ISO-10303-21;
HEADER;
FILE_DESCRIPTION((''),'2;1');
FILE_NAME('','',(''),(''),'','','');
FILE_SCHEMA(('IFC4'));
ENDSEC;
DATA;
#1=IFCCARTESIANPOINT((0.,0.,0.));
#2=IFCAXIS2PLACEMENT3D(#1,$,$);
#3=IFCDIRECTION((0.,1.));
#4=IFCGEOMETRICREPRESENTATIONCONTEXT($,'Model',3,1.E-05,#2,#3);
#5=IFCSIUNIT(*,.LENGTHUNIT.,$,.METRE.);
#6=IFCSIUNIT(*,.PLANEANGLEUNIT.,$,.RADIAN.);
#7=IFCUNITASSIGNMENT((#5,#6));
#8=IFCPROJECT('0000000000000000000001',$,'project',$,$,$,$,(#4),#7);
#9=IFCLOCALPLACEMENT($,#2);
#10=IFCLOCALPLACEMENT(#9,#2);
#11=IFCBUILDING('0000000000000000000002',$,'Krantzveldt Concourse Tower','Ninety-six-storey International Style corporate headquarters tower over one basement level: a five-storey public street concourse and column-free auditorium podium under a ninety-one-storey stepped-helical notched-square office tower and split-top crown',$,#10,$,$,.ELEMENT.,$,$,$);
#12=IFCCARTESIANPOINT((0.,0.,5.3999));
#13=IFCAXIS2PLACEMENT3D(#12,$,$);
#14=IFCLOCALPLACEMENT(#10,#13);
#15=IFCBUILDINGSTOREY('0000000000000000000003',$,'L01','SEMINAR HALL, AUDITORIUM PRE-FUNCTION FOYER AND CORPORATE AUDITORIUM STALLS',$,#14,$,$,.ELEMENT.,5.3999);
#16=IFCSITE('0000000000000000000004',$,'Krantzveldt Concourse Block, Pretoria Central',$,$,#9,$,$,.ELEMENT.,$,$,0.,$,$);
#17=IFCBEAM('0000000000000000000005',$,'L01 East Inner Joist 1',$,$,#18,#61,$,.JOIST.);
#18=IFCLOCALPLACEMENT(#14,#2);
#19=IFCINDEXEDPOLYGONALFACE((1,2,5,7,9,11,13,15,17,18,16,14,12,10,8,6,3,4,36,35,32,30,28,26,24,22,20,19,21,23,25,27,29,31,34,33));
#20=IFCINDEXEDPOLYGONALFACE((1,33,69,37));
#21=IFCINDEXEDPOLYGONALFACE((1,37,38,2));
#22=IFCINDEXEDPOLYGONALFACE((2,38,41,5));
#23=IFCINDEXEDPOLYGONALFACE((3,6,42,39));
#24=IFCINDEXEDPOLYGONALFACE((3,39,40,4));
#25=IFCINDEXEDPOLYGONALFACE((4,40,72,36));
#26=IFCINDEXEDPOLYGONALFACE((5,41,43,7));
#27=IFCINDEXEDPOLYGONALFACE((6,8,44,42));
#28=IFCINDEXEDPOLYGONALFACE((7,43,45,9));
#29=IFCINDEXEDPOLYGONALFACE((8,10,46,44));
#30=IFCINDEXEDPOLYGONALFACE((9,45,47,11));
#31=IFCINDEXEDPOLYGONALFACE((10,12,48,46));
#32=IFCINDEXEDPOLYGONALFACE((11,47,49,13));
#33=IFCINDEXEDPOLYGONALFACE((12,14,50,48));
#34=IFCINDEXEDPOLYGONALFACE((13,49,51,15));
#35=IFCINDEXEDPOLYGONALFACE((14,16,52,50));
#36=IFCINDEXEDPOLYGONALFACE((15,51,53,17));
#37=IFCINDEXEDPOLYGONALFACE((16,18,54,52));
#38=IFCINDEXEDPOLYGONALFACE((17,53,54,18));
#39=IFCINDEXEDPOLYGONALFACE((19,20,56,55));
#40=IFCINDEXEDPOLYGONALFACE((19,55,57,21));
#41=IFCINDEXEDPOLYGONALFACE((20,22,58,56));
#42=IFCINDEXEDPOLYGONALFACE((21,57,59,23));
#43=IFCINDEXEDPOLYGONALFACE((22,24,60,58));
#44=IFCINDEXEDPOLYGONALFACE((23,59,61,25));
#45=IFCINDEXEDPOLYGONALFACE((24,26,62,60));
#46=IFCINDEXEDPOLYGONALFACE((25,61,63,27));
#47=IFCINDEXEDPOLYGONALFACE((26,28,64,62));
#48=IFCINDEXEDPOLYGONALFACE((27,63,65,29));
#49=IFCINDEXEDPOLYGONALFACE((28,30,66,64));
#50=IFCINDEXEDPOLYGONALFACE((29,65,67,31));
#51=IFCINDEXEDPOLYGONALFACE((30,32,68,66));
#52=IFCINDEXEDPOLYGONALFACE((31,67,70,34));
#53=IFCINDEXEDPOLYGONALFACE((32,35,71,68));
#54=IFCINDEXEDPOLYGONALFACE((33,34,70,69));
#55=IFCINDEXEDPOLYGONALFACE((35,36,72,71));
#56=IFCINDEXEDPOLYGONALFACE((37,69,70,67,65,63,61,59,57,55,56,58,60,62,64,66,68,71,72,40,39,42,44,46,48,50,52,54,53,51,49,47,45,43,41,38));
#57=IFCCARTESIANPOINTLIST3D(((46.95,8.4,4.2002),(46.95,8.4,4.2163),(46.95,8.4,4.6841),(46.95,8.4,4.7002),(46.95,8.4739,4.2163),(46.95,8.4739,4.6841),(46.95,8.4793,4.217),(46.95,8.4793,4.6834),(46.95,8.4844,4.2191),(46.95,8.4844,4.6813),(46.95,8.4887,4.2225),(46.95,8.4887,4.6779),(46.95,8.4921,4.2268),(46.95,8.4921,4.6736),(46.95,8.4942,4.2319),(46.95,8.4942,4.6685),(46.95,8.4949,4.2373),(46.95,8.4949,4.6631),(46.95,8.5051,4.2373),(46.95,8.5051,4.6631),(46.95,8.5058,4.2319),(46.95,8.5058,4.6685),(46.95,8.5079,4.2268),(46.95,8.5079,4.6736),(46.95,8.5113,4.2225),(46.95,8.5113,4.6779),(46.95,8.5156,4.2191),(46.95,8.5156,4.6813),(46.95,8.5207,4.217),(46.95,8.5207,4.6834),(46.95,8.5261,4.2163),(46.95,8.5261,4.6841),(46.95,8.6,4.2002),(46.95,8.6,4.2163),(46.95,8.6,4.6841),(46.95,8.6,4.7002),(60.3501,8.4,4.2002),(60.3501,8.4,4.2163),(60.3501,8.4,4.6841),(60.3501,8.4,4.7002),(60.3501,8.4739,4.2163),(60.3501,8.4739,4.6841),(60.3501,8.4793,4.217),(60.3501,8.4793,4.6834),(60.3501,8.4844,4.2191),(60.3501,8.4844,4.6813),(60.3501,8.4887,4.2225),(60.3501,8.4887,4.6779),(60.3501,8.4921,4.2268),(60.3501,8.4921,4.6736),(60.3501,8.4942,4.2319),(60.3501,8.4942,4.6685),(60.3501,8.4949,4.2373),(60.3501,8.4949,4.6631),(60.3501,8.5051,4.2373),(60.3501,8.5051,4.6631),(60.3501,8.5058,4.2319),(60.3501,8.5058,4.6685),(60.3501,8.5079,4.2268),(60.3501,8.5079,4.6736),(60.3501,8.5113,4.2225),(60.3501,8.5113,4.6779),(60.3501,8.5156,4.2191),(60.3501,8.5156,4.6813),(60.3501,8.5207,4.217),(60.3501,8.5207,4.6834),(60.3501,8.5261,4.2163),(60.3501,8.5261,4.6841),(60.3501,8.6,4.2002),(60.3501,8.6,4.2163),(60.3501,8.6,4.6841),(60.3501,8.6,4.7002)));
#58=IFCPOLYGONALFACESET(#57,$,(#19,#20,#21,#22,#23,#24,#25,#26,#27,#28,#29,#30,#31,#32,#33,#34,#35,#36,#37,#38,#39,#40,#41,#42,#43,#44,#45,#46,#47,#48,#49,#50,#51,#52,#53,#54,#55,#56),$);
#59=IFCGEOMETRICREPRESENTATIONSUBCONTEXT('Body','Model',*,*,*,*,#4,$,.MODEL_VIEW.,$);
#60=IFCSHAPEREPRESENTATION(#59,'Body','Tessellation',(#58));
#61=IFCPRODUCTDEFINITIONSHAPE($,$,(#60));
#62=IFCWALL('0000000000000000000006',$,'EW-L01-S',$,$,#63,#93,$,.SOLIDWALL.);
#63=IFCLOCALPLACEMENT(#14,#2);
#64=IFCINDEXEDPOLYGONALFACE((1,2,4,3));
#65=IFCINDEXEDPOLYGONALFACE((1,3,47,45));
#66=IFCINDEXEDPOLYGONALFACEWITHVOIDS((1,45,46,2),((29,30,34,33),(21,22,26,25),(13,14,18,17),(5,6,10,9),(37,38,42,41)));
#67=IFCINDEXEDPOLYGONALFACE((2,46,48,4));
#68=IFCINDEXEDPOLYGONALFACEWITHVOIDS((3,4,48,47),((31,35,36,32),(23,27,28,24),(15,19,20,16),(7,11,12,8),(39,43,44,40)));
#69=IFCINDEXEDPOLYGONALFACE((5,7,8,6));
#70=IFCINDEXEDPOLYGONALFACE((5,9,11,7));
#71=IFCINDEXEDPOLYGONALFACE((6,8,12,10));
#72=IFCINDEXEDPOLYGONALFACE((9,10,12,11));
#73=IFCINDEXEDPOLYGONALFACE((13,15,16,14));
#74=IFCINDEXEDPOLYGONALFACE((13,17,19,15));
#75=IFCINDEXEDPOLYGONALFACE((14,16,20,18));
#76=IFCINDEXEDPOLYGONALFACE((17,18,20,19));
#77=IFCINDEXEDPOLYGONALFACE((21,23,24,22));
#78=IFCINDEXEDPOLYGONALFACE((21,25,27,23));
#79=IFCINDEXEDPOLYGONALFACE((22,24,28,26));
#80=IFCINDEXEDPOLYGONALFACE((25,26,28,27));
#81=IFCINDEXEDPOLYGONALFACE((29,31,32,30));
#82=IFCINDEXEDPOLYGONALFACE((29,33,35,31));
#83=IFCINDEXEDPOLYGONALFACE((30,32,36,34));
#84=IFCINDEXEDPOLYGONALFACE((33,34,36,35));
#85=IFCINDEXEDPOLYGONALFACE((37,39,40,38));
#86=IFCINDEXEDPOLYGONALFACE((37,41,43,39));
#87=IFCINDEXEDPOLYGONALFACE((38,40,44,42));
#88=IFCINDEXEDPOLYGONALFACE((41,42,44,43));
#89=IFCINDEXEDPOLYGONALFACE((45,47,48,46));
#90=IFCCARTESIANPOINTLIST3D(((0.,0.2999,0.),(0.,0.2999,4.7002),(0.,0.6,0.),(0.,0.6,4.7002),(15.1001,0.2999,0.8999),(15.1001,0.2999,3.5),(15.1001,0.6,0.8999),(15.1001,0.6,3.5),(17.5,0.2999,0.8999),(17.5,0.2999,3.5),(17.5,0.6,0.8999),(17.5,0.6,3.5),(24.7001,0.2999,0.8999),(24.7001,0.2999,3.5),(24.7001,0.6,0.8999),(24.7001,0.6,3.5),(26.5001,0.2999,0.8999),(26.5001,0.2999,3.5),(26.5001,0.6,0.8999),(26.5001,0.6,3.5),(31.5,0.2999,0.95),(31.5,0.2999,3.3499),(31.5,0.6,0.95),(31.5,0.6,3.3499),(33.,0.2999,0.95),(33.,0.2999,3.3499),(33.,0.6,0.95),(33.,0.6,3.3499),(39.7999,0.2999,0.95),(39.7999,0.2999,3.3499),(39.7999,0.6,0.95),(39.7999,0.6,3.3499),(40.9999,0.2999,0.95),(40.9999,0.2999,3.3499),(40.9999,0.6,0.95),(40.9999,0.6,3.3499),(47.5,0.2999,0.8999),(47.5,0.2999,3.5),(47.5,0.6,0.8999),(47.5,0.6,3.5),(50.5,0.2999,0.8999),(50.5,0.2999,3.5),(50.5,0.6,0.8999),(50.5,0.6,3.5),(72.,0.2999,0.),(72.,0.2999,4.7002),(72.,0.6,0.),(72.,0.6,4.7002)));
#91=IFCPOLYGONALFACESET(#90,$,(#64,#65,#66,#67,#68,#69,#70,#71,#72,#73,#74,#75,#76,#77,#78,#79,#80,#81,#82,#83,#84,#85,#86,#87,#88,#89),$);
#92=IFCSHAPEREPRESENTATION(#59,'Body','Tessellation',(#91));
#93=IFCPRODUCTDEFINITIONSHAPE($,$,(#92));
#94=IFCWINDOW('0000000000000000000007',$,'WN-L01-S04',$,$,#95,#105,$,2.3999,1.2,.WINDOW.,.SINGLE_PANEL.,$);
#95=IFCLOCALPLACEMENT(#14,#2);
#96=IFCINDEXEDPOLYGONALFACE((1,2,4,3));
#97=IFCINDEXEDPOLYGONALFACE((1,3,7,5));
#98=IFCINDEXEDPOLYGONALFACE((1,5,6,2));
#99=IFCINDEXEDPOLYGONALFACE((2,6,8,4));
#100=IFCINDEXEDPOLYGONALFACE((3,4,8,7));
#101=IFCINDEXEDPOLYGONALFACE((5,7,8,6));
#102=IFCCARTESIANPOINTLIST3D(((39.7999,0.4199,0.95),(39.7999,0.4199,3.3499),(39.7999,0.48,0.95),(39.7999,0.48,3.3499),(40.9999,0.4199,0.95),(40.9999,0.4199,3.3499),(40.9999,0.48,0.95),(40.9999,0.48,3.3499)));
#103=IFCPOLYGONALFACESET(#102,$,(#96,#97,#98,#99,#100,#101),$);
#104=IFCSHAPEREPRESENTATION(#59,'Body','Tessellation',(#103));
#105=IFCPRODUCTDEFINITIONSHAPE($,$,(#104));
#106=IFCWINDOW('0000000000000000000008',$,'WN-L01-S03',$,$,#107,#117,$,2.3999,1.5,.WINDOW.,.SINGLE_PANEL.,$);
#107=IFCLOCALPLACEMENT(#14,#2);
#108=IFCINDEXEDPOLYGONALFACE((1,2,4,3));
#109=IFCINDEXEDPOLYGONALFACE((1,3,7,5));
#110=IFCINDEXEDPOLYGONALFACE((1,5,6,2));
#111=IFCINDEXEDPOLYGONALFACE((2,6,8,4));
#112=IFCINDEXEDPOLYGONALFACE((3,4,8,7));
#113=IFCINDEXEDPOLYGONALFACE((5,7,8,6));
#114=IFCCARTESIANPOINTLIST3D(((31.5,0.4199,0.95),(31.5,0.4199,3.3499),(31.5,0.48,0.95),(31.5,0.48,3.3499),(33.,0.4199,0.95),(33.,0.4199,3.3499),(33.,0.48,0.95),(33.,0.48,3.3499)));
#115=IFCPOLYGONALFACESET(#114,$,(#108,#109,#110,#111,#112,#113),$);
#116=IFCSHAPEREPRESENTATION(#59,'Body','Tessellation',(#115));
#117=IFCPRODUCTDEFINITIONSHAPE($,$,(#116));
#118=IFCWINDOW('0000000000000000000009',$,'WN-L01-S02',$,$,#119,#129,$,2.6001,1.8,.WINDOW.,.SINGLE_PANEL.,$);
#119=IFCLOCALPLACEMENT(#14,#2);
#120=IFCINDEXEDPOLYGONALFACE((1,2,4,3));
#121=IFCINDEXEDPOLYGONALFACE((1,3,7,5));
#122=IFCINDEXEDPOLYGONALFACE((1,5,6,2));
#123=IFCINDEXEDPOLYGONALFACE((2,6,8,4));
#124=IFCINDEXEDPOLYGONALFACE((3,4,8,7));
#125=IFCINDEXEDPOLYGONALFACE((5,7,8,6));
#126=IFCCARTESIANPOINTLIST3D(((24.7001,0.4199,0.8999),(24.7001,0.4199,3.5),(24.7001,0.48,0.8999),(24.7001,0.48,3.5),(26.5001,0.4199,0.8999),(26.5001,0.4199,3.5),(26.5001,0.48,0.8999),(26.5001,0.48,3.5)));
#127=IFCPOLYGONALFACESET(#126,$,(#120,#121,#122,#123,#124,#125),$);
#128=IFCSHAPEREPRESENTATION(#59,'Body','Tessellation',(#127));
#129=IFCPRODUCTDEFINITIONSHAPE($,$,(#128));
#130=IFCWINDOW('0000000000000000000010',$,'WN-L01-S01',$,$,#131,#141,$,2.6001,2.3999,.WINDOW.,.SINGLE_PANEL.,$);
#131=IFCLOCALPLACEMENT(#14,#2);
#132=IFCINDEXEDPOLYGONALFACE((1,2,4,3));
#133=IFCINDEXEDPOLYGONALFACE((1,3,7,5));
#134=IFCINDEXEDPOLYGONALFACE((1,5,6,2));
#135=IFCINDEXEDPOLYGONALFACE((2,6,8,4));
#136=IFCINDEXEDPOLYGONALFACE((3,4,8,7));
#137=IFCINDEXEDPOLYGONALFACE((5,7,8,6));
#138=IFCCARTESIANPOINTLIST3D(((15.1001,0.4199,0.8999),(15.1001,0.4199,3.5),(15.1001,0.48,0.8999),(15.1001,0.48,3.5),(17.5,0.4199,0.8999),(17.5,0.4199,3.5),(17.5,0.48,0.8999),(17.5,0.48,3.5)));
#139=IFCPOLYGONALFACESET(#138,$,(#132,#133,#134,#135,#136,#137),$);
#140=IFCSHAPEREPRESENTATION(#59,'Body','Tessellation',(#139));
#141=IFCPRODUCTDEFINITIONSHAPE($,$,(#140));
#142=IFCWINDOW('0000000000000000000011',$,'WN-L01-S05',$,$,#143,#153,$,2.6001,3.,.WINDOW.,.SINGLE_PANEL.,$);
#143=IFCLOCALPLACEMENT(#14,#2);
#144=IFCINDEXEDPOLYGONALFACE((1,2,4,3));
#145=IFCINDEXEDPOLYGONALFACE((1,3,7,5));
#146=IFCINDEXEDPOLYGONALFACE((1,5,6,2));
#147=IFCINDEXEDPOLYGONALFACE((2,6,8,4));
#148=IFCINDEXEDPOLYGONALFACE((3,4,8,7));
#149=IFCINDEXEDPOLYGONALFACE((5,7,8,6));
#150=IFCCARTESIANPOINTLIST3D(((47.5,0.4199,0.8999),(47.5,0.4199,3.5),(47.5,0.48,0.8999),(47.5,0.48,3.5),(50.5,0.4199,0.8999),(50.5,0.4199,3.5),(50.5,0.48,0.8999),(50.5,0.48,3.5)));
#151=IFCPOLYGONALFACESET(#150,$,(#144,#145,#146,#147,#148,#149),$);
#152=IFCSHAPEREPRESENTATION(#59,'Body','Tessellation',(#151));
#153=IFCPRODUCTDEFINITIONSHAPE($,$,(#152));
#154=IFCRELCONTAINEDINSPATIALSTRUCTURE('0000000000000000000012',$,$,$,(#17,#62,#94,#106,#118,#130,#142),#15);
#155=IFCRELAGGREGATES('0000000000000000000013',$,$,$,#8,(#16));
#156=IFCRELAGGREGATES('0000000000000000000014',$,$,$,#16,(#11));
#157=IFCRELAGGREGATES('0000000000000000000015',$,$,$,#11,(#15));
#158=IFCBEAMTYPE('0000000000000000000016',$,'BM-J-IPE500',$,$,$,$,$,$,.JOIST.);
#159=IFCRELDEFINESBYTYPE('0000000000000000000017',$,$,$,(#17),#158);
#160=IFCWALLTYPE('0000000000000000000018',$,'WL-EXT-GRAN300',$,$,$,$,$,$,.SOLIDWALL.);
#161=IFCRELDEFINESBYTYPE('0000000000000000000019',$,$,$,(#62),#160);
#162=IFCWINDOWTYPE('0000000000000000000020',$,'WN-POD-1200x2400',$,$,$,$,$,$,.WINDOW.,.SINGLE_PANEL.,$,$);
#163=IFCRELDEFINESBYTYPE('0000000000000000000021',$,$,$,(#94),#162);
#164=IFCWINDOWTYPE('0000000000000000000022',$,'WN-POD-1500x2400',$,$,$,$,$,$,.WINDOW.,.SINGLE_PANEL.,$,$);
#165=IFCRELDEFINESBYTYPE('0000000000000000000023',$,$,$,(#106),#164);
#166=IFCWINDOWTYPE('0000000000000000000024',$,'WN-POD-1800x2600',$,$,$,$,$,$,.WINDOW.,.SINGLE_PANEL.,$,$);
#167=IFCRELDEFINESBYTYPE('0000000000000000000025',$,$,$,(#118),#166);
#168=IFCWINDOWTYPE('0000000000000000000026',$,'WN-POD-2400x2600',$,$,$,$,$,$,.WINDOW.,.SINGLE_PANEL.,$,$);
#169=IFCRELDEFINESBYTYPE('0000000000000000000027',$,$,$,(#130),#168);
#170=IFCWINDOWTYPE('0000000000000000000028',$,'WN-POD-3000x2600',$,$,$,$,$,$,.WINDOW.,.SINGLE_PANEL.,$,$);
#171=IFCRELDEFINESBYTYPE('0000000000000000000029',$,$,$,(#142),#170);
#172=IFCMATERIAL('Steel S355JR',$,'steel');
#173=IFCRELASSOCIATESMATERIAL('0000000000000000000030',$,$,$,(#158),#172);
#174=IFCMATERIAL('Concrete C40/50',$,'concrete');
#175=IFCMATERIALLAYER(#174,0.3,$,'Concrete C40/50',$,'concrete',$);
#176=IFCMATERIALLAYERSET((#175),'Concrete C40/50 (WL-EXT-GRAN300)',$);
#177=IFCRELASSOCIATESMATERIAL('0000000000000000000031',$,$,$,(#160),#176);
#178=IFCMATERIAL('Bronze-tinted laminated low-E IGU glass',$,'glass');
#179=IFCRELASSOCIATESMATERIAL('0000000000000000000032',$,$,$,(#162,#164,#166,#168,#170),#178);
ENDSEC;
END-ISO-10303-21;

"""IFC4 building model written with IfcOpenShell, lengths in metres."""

from ifc_helpers import new_model, si_unit, direction, frame, frame_2d, origin, origin_2d, place, context, subcontext, project, spatial, rectangle, i_section, extrude, source, transform, mapped, material, layer, layer_set, material_profile, profile_set, type_object, type_shapes, element, fill, save


model = new_model("IFC4")

# Units and contexts
model_context = context("Model", 3, precision=1e-05, world=origin(), true_north=direction((0.0, 1.0)))
body_context = subcontext(model_context, "Body", "Model", "MODEL_VIEW")
ifc_project = project(units=[si_unit("LENGTHUNIT", "METRE"), si_unit("PLANEANGLEUNIT", "RADIAN")], contexts=[model_context])

# Site, building, storey
site_placement = place(None, origin())
site = spatial("IfcSite", under=ifc_project, at=site_placement, Name="Krantzveldt Concourse Block, Pretoria Central", CompositionType="ELEMENT", RefElevation=0.0)
building_placement = place(site_placement, origin())
building = spatial("IfcBuilding", under=site, at=building_placement, Name="Krantzveldt Concourse Tower", Description="Ninety-six-storey International Style corporate headquarters tower over one basement level: a five-storey public street concourse and column-free auditorium podium under a ninety-one-storey stepped-helical notched-square office tower and split-top crown", CompositionType="ELEMENT")
storey_placement = place(building_placement, frame((0.0, 0.0, 5.3999)))
storey = spatial("IfcBuildingStorey", under=building, at=storey_placement, Name="L01", Description="SEMINAR HALL, AUDITORIUM PRE-FUNCTION FOYER AND CORPORATE AUDITORIUM STALLS", CompositionType="ELEMENT", Elevation=5.3999)

# Shared definitions
ifc_material_1 = material(Name="Concrete C40/50", Category="concrete")

# Beam
ifc_material_2 = material(Name="Steel S355JR", Category="steel")
ifc_material_profile_1 = material_profile(ifc_material_2, i_section(OverallWidth=0.2, OverallDepth=0.5, WebThickness=0.0103, FlangeThickness=0.0161, FilletRadius=0.021, at=origin_2d()), Name="Steel S355JR", Category="steel")
ifc_profile_set_1 = profile_set([ifc_material_profile_1], Name="Steel S355JR - IPE 500")
beam_type_1 = type_object("IfcBeamType", Name="BM-J-IPE500", PredefinedType="JOIST", material=ifc_profile_set_1)
shared_shape_1 = source(origin(), body_context, "Body", "SweptSolid", [
    extrude(i_section(OverallWidth=0.2, OverallDepth=0.5, WebThickness=0.0103, FlangeThickness=0.0161, FilletRadius=0.021, at=origin_2d()), origin(), (0.0, 0.0, 1.0), 13.4001),
])
type_shapes(beam_type_1, [shared_shape_1])
beam_1_placement = place(storey_placement, frame((46.95, 8.5, 4.4502), z_axis=(1.0, 0.0, 0.0), x_axis=(0.0, 1.0, 0.0)))
element("IfcBeam", 1, at=beam_1_placement, inside=storey, type_object=beam_type_1, Name="L01 East Inner Joist 1", PredefinedType="JOIST", context=body_context, shape_type="MappedRepresentation", body=[
    mapped(shared_shape_1, transform((0.0, 0.0, 0.0), x_axis=(1.0, 0.0, 0.0), y_axis=(0.0, 1.0, 0.0), z_axis=(0.0, 0.0, 1.0), scale=1.0)),
])

# Wall, openings, windows
ifc_layer_1 = layer(ifc_material_1, 0.3, Name="Concrete C40/50", Category="concrete")
ifc_layer_set_1 = layer_set([ifc_layer_1], Name="Concrete C40/50 (WL-EXT-GRAN300)")
wall_type_1 = type_object("IfcWallType", Name="WL-EXT-GRAN300", PredefinedType="SOLIDWALL", material=ifc_layer_set_1)
wall_1_placement = place(storey_placement, frame((72.0, 0.45, 0.0), z_axis=(0.0, 0.0, 1.0), x_axis=(-1.0, 0.0, 0.0)))
wall_1 = element("IfcWall", 2, at=wall_1_placement, inside=storey, type_object=wall_type_1, Name="EW-L01-S", PredefinedType="SOLIDWALL", context=body_context, shape_type="SweptSolid", body=[
    extrude(rectangle(XDim=72.0, YDim=0.3, at=frame_2d((36.0, 0.0))), origin(), (0.0, 0.0, 1.0), 4.7002),
])
opening_1_placement = place(wall_1_placement, frame((54.5, 0.0, 0.8999)))
opening_1 = element("IfcOpeningElement", 3, at=opening_1_placement, cuts=wall_1, PredefinedType="OPENING", context=body_context, shape_type="SweptSolid", body=[
    extrude(rectangle(XDim=2.3999, YDim=2.6001, at=frame_2d((1.2, 1.3))), frame((0.0, 0.1602, 0.0), z_axis=(0.0, -1.0, 0.0), x_axis=(1.0, 0.0, 0.0)), (0.0, 0.0, 1.0), 0.3201),
])
opening_2_placement = place(wall_1_placement, frame((45.5, 0.0, 0.8999)))
opening_2 = element("IfcOpeningElement", 4, at=opening_2_placement, cuts=wall_1, PredefinedType="OPENING", context=body_context, shape_type="SweptSolid", body=[
    extrude(rectangle(XDim=1.8, YDim=2.6001, at=frame_2d((0.8999, 1.3))), frame((0.0, 0.1602, 0.0), z_axis=(0.0, -1.0, 0.0), x_axis=(1.0, 0.0, 0.0)), (0.0, 0.0, 1.0), 0.3201),
])
opening_3_placement = place(wall_1_placement, frame((39.0, 0.0, 0.95)))
opening_3 = element("IfcOpeningElement", 5, at=opening_3_placement, cuts=wall_1, PredefinedType="OPENING", context=body_context, shape_type="SweptSolid", body=[
    extrude(rectangle(XDim=1.5, YDim=2.3999, at=frame_2d((0.75, 1.2))), frame((0.0, 0.1602, 0.0), z_axis=(0.0, -1.0, 0.0), x_axis=(1.0, 0.0, 0.0)), (0.0, 0.0, 1.0), 0.3201),
])
opening_4_placement = place(wall_1_placement, frame((31.0, 0.0, 0.95)))
opening_4 = element("IfcOpeningElement", 6, at=opening_4_placement, cuts=wall_1, PredefinedType="OPENING", context=body_context, shape_type="SweptSolid", body=[
    extrude(rectangle(XDim=1.2, YDim=2.3999, at=frame_2d((0.6001, 1.2))), frame((0.0, 0.1602, 0.0), z_axis=(0.0, -1.0, 0.0), x_axis=(1.0, 0.0, 0.0)), (0.0, 0.0, 1.0), 0.3201),
])
opening_5_placement = place(wall_1_placement, frame((21.5, 0.0, 0.8999)))
opening_5 = element("IfcOpeningElement", 7, at=opening_5_placement, cuts=wall_1, PredefinedType="OPENING", context=body_context, shape_type="SweptSolid", body=[
    extrude(rectangle(XDim=3.0, YDim=2.6001, at=frame_2d((1.5, 1.3))), frame((0.0, 0.1602, 0.0), z_axis=(0.0, -1.0, 0.0), x_axis=(1.0, 0.0, 0.0)), (0.0, 0.0, 1.0), 0.3201),
])
ifc_material_3 = material(Name="Bronze-tinted laminated low-E IGU glass", Category="glass")
window_type_1 = type_object("IfcWindowType", Name="WN-POD-1200x2400", PartitioningType="SINGLE_PANEL", PredefinedType="WINDOW", material=ifc_material_3)
window_1_placement = place(opening_4_placement, origin())
window_1 = element("IfcWindow", 8, at=window_1_placement, inside=storey, type_object=window_type_1, Name="WN-L01-S04", OverallHeight=2.3999, OverallWidth=1.2, PartitioningType="SINGLE_PANEL", PredefinedType="WINDOW", context=body_context, shape_type="SweptSolid", body=[
    extrude(rectangle(XDim=1.2, YDim=2.3999, at=frame_2d((0.6001, 1.2))), frame((0.0, 0.03, 0.0), z_axis=(0.0, -1.0, 0.0), x_axis=(1.0, 0.0, 0.0)), (0.0, 0.0, 1.0), 0.0601),
])
fill(opening_4, window_1)
window_type_2 = type_object("IfcWindowType", Name="WN-POD-1500x2400", PartitioningType="SINGLE_PANEL", PredefinedType="WINDOW", material=ifc_material_3)
window_2_placement = place(opening_3_placement, origin())
window_2 = element("IfcWindow", 9, at=window_2_placement, inside=storey, type_object=window_type_2, Name="WN-L01-S03", OverallHeight=2.3999, OverallWidth=1.5, PartitioningType="SINGLE_PANEL", PredefinedType="WINDOW", context=body_context, shape_type="SweptSolid", body=[
    extrude(rectangle(XDim=1.5, YDim=2.3999, at=frame_2d((0.75, 1.2))), frame((0.0, 0.03, 0.0), z_axis=(0.0, -1.0, 0.0), x_axis=(1.0, 0.0, 0.0)), (0.0, 0.0, 1.0), 0.0601),
])
fill(opening_3, window_2)
window_type_3 = type_object("IfcWindowType", Name="WN-POD-1800x2600", PartitioningType="SINGLE_PANEL", PredefinedType="WINDOW", material=ifc_material_3)
window_3_placement = place(opening_2_placement, origin())
window_3 = element("IfcWindow", 10, at=window_3_placement, inside=storey, type_object=window_type_3, Name="WN-L01-S02", OverallHeight=2.6001, OverallWidth=1.8, PartitioningType="SINGLE_PANEL", PredefinedType="WINDOW", context=body_context, shape_type="SweptSolid", body=[
    extrude(rectangle(XDim=1.8, YDim=2.6001, at=frame_2d((0.8999, 1.3))), frame((0.0, 0.03, 0.0), z_axis=(0.0, -1.0, 0.0), x_axis=(1.0, 0.0, 0.0)), (0.0, 0.0, 1.0), 0.0601),
])
fill(opening_2, window_3)
window_type_4 = type_object("IfcWindowType", Name="WN-POD-2400x2600", PartitioningType="SINGLE_PANEL", PredefinedType="WINDOW", material=ifc_material_3)
window_4_placement = place(opening_1_placement, origin())
window_4 = element("IfcWindow", 11, at=window_4_placement, inside=storey, type_object=window_type_4, Name="WN-L01-S01", OverallHeight=2.6001, OverallWidth=2.3999, PartitioningType="SINGLE_PANEL", PredefinedType="WINDOW", context=body_context, shape_type="SweptSolid", body=[
    extrude(rectangle(XDim=2.3999, YDim=2.6001, at=frame_2d((1.2, 1.3))), frame((0.0, 0.03, 0.0), z_axis=(0.0, -1.0, 0.0), x_axis=(1.0, 0.0, 0.0)), (0.0, 0.0, 1.0), 0.0601),
])
fill(opening_1, window_4)
window_type_5 = type_object("IfcWindowType", Name="WN-POD-3000x2600", PartitioningType="SINGLE_PANEL", PredefinedType="WINDOW", material=ifc_material_3)
window_5_placement = place(opening_5_placement, origin())
window_5 = element("IfcWindow", 12, at=window_5_placement, inside=storey, type_object=window_type_5, Name="WN-L01-S05", OverallHeight=2.6001, OverallWidth=3.0, PartitioningType="SINGLE_PANEL", PredefinedType="WINDOW", context=body_context, shape_type="SweptSolid", body=[
    extrude(rectangle(XDim=3.0, YDim=2.6001, at=frame_2d((1.5, 1.3))), frame((0.0, 0.03, 0.0), z_axis=(0.0, -1.0, 0.0), x_axis=(1.0, 0.0, 0.0)), (0.0, 0.0, 1.0), 0.0601),
])
fill(opening_5, window_5)

save(model, "model.ifc")
